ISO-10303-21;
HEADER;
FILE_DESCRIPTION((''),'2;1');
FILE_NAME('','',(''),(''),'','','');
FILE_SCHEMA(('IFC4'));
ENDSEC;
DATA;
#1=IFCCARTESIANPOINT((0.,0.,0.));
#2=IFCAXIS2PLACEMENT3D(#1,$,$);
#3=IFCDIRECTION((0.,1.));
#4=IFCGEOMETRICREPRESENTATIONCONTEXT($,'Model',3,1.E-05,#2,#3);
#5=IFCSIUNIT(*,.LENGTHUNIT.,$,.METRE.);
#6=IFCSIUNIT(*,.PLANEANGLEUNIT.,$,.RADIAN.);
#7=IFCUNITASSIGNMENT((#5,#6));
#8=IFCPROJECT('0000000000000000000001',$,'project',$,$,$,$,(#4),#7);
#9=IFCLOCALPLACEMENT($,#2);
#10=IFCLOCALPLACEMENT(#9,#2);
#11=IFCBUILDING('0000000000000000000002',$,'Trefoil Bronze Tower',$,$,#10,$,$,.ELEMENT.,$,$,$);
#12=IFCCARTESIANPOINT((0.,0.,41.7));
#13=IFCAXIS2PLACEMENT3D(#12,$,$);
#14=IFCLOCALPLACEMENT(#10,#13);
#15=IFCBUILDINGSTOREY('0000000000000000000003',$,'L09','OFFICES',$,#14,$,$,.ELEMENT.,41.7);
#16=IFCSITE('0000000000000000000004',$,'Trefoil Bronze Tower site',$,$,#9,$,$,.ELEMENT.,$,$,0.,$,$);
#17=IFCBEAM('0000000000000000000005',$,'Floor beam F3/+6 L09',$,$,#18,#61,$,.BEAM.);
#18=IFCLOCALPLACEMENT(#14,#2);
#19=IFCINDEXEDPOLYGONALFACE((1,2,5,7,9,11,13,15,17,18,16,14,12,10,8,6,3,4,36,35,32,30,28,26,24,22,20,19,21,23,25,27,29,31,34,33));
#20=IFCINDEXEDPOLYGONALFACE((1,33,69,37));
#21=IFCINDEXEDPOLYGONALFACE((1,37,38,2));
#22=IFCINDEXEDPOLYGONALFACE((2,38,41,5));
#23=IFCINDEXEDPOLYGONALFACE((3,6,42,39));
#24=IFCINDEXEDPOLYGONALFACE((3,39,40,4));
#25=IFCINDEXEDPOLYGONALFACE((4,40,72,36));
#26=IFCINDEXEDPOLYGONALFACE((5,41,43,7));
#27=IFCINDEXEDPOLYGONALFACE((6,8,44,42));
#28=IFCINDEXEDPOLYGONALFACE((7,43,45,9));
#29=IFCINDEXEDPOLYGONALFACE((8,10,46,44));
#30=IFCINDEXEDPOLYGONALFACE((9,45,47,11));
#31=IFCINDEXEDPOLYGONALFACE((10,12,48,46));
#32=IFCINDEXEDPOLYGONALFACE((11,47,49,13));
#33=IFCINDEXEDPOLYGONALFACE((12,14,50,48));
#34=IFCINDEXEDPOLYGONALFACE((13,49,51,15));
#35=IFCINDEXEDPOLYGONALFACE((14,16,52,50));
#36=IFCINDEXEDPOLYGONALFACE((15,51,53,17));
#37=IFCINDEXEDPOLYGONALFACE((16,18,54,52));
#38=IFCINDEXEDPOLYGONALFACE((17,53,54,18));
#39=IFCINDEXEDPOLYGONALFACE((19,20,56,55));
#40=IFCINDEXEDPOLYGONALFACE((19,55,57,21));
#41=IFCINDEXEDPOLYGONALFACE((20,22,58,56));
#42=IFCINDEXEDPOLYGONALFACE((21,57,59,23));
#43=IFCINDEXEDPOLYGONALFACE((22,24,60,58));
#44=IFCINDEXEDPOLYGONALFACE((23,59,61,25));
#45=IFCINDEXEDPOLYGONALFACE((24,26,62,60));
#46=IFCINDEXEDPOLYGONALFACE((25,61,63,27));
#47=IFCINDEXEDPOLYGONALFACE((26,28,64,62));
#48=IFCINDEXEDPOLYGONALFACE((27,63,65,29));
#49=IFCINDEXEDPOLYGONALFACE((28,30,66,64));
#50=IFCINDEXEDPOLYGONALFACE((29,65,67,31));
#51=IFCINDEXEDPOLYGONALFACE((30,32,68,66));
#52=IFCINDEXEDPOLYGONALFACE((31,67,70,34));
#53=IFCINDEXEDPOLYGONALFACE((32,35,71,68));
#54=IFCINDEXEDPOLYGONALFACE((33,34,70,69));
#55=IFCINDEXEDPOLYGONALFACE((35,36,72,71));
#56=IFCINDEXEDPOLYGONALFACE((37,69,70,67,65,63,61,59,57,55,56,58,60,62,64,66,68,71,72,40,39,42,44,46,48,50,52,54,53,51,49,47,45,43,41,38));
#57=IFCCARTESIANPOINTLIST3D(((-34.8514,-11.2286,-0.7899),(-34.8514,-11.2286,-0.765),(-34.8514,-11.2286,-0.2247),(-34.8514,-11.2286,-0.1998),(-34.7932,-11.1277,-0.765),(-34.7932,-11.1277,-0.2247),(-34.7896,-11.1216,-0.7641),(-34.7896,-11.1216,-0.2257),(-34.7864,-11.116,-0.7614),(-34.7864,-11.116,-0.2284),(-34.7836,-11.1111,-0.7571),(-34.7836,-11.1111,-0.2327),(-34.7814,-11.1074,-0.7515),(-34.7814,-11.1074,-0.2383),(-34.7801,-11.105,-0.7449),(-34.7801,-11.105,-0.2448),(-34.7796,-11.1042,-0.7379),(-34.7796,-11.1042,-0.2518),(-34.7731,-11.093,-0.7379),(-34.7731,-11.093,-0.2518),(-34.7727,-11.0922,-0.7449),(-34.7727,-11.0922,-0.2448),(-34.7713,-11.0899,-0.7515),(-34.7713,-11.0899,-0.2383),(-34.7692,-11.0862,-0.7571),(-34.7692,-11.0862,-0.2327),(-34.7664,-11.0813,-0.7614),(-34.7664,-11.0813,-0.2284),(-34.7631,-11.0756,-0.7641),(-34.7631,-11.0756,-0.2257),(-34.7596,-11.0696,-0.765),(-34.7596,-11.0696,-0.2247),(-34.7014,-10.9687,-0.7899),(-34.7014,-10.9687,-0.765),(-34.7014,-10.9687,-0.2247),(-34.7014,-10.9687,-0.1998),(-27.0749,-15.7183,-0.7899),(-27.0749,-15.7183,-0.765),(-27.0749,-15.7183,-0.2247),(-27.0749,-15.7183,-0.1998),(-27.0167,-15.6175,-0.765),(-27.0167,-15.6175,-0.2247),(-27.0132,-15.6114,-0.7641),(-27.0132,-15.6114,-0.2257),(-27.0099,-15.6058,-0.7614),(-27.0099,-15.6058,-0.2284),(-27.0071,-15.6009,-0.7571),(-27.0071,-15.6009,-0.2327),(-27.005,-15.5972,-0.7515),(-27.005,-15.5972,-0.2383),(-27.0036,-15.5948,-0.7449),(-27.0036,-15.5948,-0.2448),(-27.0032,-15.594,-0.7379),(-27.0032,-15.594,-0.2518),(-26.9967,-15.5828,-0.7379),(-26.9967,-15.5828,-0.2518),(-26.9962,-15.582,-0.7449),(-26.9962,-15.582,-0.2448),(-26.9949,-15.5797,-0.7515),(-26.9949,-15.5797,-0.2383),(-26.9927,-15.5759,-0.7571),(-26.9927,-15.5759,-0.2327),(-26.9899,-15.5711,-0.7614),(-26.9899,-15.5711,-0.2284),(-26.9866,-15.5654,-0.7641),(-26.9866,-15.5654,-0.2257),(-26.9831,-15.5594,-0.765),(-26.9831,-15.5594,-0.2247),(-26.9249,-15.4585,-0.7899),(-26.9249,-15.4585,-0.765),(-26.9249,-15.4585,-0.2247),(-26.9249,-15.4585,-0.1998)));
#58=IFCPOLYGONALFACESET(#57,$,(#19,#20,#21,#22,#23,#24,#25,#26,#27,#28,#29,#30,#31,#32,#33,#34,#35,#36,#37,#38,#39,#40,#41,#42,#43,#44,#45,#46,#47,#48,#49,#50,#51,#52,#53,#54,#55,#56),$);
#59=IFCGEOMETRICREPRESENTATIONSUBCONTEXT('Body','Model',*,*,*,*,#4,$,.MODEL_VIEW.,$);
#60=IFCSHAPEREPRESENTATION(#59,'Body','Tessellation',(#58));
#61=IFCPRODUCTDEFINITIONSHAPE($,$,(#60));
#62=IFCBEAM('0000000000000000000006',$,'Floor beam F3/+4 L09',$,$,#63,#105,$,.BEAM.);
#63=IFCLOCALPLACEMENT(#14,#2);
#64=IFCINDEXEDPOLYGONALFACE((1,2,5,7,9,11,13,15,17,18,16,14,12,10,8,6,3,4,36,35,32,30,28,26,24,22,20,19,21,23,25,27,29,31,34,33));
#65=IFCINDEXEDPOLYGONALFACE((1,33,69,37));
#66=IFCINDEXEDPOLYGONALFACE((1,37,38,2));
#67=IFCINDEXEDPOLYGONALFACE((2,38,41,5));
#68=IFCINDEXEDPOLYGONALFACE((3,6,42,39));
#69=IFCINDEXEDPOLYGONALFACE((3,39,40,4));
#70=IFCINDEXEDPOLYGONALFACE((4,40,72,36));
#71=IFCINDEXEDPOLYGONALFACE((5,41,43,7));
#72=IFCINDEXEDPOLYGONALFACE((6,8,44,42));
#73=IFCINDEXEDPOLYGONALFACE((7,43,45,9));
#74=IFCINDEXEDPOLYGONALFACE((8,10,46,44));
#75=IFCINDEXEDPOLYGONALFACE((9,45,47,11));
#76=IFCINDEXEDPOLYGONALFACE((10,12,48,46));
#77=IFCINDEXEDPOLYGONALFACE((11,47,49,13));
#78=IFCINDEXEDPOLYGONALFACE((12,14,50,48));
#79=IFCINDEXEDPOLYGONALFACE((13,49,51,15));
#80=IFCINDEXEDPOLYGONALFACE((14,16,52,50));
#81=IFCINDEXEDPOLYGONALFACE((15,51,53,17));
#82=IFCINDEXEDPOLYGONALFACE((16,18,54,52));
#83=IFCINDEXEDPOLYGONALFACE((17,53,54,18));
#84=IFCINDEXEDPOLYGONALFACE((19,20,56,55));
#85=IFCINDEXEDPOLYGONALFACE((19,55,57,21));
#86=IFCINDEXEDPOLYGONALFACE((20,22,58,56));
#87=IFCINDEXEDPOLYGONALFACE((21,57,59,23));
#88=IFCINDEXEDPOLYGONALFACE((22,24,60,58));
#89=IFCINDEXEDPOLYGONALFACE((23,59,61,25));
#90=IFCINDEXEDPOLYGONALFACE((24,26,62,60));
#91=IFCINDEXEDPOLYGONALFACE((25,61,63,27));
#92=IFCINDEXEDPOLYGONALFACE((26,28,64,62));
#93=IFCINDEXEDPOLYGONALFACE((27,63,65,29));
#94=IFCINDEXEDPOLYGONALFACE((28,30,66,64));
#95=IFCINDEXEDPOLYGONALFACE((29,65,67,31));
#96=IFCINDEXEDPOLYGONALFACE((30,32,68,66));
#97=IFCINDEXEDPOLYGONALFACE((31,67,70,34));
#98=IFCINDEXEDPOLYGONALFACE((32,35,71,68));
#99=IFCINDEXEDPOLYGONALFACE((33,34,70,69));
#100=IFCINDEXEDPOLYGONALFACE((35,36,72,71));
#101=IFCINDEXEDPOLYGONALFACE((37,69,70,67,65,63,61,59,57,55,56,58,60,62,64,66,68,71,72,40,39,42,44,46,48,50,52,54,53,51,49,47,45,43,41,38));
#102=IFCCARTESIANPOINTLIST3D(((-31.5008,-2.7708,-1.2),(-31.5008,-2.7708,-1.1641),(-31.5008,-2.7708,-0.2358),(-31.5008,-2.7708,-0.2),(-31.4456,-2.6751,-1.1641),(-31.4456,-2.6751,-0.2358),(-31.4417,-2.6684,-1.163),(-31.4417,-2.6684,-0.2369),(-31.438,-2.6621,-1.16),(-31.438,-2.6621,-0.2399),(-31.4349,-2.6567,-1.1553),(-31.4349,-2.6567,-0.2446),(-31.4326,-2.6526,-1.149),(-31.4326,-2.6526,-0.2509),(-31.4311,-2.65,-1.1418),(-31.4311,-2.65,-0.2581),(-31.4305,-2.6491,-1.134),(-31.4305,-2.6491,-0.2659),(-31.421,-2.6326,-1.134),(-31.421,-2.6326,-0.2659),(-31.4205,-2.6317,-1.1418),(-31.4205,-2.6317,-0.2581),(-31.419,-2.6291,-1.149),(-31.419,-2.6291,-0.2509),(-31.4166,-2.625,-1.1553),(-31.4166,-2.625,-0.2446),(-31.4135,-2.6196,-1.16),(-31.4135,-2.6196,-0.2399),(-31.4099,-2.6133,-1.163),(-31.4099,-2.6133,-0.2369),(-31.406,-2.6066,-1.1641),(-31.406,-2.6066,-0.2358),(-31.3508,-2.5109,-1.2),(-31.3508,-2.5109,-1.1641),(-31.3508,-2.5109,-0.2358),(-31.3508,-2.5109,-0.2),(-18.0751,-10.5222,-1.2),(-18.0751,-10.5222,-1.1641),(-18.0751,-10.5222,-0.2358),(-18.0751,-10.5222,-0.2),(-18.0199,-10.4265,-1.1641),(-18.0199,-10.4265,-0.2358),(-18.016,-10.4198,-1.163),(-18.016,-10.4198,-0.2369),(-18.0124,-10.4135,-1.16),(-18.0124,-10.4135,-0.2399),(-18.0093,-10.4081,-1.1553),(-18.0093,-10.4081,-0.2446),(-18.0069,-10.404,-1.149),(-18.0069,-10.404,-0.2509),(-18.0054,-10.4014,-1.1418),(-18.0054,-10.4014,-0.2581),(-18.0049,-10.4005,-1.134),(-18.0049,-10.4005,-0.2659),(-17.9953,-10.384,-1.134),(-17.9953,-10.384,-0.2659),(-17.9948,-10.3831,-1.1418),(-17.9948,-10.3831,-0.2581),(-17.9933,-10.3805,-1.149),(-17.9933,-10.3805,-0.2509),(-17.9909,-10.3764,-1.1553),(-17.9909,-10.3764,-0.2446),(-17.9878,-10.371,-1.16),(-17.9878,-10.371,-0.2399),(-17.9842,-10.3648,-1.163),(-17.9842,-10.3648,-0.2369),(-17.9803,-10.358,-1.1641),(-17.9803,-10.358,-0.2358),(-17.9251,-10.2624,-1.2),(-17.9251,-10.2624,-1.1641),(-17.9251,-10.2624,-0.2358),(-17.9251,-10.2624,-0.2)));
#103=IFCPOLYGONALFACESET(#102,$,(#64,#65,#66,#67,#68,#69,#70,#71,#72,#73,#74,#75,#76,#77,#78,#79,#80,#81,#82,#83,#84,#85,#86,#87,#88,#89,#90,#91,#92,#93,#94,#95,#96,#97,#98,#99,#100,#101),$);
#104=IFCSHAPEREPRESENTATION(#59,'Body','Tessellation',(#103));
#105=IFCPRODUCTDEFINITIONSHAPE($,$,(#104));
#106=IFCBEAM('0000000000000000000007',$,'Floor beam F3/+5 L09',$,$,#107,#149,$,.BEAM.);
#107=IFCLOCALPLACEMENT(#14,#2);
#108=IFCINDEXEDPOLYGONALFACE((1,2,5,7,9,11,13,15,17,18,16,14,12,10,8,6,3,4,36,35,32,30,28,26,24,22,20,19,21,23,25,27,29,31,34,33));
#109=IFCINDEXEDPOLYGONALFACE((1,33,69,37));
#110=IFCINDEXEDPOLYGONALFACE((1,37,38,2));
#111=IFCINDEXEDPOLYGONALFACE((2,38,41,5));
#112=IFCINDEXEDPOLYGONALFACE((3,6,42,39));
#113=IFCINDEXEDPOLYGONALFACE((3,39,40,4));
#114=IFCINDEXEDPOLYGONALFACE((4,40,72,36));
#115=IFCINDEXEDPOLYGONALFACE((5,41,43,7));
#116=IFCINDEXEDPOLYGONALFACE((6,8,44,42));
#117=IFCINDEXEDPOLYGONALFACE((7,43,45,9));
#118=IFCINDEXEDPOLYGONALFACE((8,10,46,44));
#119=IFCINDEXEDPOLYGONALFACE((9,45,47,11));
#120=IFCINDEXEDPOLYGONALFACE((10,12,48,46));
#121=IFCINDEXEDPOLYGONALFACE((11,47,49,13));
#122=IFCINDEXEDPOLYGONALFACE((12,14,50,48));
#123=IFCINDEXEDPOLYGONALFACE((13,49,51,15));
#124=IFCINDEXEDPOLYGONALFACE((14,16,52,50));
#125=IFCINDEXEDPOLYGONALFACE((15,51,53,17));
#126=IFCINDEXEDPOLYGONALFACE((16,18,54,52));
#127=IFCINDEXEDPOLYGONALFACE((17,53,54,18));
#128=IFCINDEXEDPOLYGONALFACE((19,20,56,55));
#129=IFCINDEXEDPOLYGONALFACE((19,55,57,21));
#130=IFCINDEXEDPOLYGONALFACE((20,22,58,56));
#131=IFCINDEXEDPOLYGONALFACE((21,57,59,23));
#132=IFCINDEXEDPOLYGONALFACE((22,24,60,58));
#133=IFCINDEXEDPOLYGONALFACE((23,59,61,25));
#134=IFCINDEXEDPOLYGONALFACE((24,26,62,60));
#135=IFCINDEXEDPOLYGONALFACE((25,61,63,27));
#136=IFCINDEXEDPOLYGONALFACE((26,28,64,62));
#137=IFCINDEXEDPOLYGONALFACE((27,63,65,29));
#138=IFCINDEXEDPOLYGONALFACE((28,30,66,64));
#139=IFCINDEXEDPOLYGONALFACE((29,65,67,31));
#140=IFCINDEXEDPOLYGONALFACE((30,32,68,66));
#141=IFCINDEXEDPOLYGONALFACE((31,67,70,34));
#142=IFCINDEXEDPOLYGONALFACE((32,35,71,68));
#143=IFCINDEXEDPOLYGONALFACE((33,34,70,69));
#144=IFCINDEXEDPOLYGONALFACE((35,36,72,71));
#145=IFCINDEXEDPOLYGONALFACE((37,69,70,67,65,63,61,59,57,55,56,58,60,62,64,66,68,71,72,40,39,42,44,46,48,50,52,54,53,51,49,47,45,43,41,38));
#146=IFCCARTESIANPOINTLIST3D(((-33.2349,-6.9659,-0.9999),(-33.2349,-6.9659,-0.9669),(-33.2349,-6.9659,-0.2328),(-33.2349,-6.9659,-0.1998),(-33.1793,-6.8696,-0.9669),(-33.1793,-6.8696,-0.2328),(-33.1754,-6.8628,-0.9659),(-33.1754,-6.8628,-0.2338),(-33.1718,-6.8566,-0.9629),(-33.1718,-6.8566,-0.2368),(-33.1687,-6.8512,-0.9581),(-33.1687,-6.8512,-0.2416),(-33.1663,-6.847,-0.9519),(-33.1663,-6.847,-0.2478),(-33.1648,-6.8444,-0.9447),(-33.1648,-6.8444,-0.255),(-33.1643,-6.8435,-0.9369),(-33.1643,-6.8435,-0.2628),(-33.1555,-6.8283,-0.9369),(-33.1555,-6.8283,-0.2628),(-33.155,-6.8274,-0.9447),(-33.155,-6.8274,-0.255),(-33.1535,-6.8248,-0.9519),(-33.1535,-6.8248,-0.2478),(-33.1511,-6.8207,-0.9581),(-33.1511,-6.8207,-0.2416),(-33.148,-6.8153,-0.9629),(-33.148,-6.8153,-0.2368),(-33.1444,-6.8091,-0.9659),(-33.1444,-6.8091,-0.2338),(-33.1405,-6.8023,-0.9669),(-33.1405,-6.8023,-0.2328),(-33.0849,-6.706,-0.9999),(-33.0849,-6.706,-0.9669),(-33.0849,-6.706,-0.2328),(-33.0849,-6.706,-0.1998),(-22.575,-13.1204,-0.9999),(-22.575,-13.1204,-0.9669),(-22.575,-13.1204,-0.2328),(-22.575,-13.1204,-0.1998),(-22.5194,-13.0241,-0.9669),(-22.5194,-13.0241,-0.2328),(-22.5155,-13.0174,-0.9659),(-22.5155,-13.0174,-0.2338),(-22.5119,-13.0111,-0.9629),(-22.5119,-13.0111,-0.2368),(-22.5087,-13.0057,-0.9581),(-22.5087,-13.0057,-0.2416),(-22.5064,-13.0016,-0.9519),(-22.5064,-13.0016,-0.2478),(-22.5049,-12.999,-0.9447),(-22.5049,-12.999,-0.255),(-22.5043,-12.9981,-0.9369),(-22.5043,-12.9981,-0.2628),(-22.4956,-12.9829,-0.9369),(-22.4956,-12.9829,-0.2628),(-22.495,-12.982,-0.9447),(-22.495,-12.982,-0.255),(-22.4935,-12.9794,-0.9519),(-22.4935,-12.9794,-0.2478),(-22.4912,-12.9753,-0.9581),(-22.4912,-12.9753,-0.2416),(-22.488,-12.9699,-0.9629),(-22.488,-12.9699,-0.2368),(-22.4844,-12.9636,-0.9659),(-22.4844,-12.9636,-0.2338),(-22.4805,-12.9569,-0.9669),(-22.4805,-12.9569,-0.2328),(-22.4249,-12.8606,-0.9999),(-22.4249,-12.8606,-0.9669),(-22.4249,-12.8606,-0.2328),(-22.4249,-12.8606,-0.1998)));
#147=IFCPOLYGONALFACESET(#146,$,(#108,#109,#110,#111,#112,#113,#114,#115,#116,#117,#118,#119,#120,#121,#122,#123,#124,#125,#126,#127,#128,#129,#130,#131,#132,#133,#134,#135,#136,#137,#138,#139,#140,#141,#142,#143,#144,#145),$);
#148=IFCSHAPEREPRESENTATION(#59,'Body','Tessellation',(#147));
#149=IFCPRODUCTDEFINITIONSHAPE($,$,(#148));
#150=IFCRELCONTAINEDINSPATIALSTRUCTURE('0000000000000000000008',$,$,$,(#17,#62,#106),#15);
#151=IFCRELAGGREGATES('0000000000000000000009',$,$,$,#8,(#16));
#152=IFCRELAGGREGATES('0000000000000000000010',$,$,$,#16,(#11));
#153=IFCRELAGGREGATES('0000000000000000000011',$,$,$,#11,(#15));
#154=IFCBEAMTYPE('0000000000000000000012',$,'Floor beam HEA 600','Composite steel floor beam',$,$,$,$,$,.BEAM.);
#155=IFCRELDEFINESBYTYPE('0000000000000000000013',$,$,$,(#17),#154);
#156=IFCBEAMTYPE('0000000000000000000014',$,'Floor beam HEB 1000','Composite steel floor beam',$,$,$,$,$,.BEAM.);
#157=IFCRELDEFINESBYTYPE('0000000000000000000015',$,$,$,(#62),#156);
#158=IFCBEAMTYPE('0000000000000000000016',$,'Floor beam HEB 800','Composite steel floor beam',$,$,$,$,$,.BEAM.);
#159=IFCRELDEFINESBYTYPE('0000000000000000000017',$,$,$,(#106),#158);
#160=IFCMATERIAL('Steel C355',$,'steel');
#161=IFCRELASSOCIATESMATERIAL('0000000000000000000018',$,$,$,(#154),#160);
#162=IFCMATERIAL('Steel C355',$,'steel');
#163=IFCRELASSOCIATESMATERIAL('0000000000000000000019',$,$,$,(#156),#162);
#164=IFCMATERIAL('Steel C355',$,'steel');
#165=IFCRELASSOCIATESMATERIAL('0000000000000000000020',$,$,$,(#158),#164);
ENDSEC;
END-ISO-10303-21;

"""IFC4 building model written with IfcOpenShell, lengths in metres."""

from ifc_helpers import new_model, si_unit, direction, frame, origin, origin_2d, place, context, subcontext, project, spatial, i_section, extrude, material, material_profile, profile_set, type_object, element, save


model = new_model("IFC4")

# Units and contexts
model_context = context("Model", 3, precision=1e-05, world=origin(), true_north=direction((0.0, 1.0)))
body_context = subcontext(model_context, "Body", "Model", "MODEL_VIEW")
ifc_project = project(units=[si_unit("LENGTHUNIT", "METRE"), si_unit("PLANEANGLEUNIT", "RADIAN")], contexts=[model_context])

# Site, building, storey
site_placement = place(None, origin())
site = spatial("IfcSite", under=ifc_project, at=site_placement, Name="Trefoil Bronze Tower site", CompositionType="ELEMENT", RefElevation=0.0)
building_placement = place(site_placement, origin())
building = spatial("IfcBuilding", under=site, at=building_placement, Name="Trefoil Bronze Tower", CompositionType="ELEMENT")
storey_placement = place(building_placement, frame((0.0, 0.0, 41.7)))
storey = spatial("IfcBuildingStorey", under=building, at=storey_placement, Name="L09", Description="OFFICES", CompositionType="ELEMENT", Elevation=41.7)

# Beams
ifc_material_1 = material(Name="Steel C355", Category="steel")
ifc_material_profile_1 = material_profile(ifc_material_1, i_section(OverallWidth=0.3, OverallDepth=0.5901, WebThickness=0.0129, FlangeThickness=0.0249, FilletRadius=0.0271, at=origin_2d()), Name="HEA 600")
ifc_profile_set_1 = profile_set([ifc_material_profile_1], Name="Steel C355")
beam_type_1 = type_object("IfcBeamType", Name="Floor beam HEA 600", Description="Composite steel floor beam", PredefinedType="BEAM", material=ifc_profile_set_1)
beam_1_placement = place(storey_placement, frame((-34.7764, -11.0986, -0.4949), z_axis=(0.866023, -0.500005, 0.0), x_axis=(0.500005, 0.866023, 0.0)))
element("IfcBeam", 1, at=beam_1_placement, inside=storey, type_object=beam_type_1, Name="Floor beam F3/+6 L09", PredefinedType="BEAM", context=body_context, shape_type="SweptSolid", body=[
    extrude(i_section(OverallWidth=0.3, OverallDepth=0.5901, WebThickness=0.0129, FlangeThickness=0.0249, FilletRadius=0.0271, at=origin_2d()), origin(), (0.0, 0.0, 1.0), 8.9795),
])
ifc_material_2 = material(Name="Steel C355", Category="steel")
ifc_material_profile_2 = material_profile(ifc_material_2, i_section(OverallWidth=0.3, OverallDepth=1.0, WebThickness=0.019, FlangeThickness=0.0359, FilletRadius=0.03, at=origin_2d()), Name="HEB 1000")
ifc_profile_set_2 = profile_set([ifc_material_profile_2], Name="Steel C355")
beam_type_2 = type_object("IfcBeamType", Name="Floor beam HEB 1000", Description="Composite steel floor beam", PredefinedType="BEAM", material=ifc_profile_set_2)
beam_2_placement = place(storey_placement, frame((-31.4258, -2.6409, -0.7), z_axis=(0.866023, -0.500004, 0.0), x_axis=(0.500004, 0.866023, 0.0)))
element("IfcBeam", 2, at=beam_2_placement, inside=storey, type_object=beam_type_2, Name="Floor beam F3/+4 L09", PredefinedType="BEAM", context=body_context, shape_type="SweptSolid", body=[
    extrude(i_section(OverallWidth=0.3, OverallDepth=1.0, WebThickness=0.019, FlangeThickness=0.0359, FilletRadius=0.03, at=origin_2d()), origin(), (0.0, 0.0, 1.0), 15.5027),
])
ifc_material_3 = material(Name="Steel C355", Category="steel")
ifc_material_profile_3 = material_profile(ifc_material_3, i_section(OverallWidth=0.3, OverallDepth=0.8, WebThickness=0.0176, FlangeThickness=0.033, FilletRadius=0.03, at=origin_2d()), Name="HEB 800")
ifc_profile_set_3 = profile_set([ifc_material_profile_3], Name="Steel C355")
beam_type_3 = type_object("IfcBeamType", Name="Floor beam HEB 800", Description="Composite steel floor beam", PredefinedType="BEAM", material=ifc_profile_set_3)
beam_3_placement = place(storey_placement, frame((-33.1599, -6.8359, -0.5999), z_axis=(0.866024, -0.500002, 0.0), x_axis=(0.500002, 0.866024, 0.0)))
element("IfcBeam", 3, at=beam_3_placement, inside=storey, type_object=beam_type_3, Name="Floor beam F3/+5 L09", PredefinedType="BEAM", context=body_context, shape_type="SweptSolid", body=[
    extrude(i_section(OverallWidth=0.3, OverallDepth=0.8, WebThickness=0.0176, FlangeThickness=0.033, FilletRadius=0.03, at=origin_2d()), origin(), (0.0, 0.0, 1.0), 12.3091),
])

save(model, "model.ifc")
